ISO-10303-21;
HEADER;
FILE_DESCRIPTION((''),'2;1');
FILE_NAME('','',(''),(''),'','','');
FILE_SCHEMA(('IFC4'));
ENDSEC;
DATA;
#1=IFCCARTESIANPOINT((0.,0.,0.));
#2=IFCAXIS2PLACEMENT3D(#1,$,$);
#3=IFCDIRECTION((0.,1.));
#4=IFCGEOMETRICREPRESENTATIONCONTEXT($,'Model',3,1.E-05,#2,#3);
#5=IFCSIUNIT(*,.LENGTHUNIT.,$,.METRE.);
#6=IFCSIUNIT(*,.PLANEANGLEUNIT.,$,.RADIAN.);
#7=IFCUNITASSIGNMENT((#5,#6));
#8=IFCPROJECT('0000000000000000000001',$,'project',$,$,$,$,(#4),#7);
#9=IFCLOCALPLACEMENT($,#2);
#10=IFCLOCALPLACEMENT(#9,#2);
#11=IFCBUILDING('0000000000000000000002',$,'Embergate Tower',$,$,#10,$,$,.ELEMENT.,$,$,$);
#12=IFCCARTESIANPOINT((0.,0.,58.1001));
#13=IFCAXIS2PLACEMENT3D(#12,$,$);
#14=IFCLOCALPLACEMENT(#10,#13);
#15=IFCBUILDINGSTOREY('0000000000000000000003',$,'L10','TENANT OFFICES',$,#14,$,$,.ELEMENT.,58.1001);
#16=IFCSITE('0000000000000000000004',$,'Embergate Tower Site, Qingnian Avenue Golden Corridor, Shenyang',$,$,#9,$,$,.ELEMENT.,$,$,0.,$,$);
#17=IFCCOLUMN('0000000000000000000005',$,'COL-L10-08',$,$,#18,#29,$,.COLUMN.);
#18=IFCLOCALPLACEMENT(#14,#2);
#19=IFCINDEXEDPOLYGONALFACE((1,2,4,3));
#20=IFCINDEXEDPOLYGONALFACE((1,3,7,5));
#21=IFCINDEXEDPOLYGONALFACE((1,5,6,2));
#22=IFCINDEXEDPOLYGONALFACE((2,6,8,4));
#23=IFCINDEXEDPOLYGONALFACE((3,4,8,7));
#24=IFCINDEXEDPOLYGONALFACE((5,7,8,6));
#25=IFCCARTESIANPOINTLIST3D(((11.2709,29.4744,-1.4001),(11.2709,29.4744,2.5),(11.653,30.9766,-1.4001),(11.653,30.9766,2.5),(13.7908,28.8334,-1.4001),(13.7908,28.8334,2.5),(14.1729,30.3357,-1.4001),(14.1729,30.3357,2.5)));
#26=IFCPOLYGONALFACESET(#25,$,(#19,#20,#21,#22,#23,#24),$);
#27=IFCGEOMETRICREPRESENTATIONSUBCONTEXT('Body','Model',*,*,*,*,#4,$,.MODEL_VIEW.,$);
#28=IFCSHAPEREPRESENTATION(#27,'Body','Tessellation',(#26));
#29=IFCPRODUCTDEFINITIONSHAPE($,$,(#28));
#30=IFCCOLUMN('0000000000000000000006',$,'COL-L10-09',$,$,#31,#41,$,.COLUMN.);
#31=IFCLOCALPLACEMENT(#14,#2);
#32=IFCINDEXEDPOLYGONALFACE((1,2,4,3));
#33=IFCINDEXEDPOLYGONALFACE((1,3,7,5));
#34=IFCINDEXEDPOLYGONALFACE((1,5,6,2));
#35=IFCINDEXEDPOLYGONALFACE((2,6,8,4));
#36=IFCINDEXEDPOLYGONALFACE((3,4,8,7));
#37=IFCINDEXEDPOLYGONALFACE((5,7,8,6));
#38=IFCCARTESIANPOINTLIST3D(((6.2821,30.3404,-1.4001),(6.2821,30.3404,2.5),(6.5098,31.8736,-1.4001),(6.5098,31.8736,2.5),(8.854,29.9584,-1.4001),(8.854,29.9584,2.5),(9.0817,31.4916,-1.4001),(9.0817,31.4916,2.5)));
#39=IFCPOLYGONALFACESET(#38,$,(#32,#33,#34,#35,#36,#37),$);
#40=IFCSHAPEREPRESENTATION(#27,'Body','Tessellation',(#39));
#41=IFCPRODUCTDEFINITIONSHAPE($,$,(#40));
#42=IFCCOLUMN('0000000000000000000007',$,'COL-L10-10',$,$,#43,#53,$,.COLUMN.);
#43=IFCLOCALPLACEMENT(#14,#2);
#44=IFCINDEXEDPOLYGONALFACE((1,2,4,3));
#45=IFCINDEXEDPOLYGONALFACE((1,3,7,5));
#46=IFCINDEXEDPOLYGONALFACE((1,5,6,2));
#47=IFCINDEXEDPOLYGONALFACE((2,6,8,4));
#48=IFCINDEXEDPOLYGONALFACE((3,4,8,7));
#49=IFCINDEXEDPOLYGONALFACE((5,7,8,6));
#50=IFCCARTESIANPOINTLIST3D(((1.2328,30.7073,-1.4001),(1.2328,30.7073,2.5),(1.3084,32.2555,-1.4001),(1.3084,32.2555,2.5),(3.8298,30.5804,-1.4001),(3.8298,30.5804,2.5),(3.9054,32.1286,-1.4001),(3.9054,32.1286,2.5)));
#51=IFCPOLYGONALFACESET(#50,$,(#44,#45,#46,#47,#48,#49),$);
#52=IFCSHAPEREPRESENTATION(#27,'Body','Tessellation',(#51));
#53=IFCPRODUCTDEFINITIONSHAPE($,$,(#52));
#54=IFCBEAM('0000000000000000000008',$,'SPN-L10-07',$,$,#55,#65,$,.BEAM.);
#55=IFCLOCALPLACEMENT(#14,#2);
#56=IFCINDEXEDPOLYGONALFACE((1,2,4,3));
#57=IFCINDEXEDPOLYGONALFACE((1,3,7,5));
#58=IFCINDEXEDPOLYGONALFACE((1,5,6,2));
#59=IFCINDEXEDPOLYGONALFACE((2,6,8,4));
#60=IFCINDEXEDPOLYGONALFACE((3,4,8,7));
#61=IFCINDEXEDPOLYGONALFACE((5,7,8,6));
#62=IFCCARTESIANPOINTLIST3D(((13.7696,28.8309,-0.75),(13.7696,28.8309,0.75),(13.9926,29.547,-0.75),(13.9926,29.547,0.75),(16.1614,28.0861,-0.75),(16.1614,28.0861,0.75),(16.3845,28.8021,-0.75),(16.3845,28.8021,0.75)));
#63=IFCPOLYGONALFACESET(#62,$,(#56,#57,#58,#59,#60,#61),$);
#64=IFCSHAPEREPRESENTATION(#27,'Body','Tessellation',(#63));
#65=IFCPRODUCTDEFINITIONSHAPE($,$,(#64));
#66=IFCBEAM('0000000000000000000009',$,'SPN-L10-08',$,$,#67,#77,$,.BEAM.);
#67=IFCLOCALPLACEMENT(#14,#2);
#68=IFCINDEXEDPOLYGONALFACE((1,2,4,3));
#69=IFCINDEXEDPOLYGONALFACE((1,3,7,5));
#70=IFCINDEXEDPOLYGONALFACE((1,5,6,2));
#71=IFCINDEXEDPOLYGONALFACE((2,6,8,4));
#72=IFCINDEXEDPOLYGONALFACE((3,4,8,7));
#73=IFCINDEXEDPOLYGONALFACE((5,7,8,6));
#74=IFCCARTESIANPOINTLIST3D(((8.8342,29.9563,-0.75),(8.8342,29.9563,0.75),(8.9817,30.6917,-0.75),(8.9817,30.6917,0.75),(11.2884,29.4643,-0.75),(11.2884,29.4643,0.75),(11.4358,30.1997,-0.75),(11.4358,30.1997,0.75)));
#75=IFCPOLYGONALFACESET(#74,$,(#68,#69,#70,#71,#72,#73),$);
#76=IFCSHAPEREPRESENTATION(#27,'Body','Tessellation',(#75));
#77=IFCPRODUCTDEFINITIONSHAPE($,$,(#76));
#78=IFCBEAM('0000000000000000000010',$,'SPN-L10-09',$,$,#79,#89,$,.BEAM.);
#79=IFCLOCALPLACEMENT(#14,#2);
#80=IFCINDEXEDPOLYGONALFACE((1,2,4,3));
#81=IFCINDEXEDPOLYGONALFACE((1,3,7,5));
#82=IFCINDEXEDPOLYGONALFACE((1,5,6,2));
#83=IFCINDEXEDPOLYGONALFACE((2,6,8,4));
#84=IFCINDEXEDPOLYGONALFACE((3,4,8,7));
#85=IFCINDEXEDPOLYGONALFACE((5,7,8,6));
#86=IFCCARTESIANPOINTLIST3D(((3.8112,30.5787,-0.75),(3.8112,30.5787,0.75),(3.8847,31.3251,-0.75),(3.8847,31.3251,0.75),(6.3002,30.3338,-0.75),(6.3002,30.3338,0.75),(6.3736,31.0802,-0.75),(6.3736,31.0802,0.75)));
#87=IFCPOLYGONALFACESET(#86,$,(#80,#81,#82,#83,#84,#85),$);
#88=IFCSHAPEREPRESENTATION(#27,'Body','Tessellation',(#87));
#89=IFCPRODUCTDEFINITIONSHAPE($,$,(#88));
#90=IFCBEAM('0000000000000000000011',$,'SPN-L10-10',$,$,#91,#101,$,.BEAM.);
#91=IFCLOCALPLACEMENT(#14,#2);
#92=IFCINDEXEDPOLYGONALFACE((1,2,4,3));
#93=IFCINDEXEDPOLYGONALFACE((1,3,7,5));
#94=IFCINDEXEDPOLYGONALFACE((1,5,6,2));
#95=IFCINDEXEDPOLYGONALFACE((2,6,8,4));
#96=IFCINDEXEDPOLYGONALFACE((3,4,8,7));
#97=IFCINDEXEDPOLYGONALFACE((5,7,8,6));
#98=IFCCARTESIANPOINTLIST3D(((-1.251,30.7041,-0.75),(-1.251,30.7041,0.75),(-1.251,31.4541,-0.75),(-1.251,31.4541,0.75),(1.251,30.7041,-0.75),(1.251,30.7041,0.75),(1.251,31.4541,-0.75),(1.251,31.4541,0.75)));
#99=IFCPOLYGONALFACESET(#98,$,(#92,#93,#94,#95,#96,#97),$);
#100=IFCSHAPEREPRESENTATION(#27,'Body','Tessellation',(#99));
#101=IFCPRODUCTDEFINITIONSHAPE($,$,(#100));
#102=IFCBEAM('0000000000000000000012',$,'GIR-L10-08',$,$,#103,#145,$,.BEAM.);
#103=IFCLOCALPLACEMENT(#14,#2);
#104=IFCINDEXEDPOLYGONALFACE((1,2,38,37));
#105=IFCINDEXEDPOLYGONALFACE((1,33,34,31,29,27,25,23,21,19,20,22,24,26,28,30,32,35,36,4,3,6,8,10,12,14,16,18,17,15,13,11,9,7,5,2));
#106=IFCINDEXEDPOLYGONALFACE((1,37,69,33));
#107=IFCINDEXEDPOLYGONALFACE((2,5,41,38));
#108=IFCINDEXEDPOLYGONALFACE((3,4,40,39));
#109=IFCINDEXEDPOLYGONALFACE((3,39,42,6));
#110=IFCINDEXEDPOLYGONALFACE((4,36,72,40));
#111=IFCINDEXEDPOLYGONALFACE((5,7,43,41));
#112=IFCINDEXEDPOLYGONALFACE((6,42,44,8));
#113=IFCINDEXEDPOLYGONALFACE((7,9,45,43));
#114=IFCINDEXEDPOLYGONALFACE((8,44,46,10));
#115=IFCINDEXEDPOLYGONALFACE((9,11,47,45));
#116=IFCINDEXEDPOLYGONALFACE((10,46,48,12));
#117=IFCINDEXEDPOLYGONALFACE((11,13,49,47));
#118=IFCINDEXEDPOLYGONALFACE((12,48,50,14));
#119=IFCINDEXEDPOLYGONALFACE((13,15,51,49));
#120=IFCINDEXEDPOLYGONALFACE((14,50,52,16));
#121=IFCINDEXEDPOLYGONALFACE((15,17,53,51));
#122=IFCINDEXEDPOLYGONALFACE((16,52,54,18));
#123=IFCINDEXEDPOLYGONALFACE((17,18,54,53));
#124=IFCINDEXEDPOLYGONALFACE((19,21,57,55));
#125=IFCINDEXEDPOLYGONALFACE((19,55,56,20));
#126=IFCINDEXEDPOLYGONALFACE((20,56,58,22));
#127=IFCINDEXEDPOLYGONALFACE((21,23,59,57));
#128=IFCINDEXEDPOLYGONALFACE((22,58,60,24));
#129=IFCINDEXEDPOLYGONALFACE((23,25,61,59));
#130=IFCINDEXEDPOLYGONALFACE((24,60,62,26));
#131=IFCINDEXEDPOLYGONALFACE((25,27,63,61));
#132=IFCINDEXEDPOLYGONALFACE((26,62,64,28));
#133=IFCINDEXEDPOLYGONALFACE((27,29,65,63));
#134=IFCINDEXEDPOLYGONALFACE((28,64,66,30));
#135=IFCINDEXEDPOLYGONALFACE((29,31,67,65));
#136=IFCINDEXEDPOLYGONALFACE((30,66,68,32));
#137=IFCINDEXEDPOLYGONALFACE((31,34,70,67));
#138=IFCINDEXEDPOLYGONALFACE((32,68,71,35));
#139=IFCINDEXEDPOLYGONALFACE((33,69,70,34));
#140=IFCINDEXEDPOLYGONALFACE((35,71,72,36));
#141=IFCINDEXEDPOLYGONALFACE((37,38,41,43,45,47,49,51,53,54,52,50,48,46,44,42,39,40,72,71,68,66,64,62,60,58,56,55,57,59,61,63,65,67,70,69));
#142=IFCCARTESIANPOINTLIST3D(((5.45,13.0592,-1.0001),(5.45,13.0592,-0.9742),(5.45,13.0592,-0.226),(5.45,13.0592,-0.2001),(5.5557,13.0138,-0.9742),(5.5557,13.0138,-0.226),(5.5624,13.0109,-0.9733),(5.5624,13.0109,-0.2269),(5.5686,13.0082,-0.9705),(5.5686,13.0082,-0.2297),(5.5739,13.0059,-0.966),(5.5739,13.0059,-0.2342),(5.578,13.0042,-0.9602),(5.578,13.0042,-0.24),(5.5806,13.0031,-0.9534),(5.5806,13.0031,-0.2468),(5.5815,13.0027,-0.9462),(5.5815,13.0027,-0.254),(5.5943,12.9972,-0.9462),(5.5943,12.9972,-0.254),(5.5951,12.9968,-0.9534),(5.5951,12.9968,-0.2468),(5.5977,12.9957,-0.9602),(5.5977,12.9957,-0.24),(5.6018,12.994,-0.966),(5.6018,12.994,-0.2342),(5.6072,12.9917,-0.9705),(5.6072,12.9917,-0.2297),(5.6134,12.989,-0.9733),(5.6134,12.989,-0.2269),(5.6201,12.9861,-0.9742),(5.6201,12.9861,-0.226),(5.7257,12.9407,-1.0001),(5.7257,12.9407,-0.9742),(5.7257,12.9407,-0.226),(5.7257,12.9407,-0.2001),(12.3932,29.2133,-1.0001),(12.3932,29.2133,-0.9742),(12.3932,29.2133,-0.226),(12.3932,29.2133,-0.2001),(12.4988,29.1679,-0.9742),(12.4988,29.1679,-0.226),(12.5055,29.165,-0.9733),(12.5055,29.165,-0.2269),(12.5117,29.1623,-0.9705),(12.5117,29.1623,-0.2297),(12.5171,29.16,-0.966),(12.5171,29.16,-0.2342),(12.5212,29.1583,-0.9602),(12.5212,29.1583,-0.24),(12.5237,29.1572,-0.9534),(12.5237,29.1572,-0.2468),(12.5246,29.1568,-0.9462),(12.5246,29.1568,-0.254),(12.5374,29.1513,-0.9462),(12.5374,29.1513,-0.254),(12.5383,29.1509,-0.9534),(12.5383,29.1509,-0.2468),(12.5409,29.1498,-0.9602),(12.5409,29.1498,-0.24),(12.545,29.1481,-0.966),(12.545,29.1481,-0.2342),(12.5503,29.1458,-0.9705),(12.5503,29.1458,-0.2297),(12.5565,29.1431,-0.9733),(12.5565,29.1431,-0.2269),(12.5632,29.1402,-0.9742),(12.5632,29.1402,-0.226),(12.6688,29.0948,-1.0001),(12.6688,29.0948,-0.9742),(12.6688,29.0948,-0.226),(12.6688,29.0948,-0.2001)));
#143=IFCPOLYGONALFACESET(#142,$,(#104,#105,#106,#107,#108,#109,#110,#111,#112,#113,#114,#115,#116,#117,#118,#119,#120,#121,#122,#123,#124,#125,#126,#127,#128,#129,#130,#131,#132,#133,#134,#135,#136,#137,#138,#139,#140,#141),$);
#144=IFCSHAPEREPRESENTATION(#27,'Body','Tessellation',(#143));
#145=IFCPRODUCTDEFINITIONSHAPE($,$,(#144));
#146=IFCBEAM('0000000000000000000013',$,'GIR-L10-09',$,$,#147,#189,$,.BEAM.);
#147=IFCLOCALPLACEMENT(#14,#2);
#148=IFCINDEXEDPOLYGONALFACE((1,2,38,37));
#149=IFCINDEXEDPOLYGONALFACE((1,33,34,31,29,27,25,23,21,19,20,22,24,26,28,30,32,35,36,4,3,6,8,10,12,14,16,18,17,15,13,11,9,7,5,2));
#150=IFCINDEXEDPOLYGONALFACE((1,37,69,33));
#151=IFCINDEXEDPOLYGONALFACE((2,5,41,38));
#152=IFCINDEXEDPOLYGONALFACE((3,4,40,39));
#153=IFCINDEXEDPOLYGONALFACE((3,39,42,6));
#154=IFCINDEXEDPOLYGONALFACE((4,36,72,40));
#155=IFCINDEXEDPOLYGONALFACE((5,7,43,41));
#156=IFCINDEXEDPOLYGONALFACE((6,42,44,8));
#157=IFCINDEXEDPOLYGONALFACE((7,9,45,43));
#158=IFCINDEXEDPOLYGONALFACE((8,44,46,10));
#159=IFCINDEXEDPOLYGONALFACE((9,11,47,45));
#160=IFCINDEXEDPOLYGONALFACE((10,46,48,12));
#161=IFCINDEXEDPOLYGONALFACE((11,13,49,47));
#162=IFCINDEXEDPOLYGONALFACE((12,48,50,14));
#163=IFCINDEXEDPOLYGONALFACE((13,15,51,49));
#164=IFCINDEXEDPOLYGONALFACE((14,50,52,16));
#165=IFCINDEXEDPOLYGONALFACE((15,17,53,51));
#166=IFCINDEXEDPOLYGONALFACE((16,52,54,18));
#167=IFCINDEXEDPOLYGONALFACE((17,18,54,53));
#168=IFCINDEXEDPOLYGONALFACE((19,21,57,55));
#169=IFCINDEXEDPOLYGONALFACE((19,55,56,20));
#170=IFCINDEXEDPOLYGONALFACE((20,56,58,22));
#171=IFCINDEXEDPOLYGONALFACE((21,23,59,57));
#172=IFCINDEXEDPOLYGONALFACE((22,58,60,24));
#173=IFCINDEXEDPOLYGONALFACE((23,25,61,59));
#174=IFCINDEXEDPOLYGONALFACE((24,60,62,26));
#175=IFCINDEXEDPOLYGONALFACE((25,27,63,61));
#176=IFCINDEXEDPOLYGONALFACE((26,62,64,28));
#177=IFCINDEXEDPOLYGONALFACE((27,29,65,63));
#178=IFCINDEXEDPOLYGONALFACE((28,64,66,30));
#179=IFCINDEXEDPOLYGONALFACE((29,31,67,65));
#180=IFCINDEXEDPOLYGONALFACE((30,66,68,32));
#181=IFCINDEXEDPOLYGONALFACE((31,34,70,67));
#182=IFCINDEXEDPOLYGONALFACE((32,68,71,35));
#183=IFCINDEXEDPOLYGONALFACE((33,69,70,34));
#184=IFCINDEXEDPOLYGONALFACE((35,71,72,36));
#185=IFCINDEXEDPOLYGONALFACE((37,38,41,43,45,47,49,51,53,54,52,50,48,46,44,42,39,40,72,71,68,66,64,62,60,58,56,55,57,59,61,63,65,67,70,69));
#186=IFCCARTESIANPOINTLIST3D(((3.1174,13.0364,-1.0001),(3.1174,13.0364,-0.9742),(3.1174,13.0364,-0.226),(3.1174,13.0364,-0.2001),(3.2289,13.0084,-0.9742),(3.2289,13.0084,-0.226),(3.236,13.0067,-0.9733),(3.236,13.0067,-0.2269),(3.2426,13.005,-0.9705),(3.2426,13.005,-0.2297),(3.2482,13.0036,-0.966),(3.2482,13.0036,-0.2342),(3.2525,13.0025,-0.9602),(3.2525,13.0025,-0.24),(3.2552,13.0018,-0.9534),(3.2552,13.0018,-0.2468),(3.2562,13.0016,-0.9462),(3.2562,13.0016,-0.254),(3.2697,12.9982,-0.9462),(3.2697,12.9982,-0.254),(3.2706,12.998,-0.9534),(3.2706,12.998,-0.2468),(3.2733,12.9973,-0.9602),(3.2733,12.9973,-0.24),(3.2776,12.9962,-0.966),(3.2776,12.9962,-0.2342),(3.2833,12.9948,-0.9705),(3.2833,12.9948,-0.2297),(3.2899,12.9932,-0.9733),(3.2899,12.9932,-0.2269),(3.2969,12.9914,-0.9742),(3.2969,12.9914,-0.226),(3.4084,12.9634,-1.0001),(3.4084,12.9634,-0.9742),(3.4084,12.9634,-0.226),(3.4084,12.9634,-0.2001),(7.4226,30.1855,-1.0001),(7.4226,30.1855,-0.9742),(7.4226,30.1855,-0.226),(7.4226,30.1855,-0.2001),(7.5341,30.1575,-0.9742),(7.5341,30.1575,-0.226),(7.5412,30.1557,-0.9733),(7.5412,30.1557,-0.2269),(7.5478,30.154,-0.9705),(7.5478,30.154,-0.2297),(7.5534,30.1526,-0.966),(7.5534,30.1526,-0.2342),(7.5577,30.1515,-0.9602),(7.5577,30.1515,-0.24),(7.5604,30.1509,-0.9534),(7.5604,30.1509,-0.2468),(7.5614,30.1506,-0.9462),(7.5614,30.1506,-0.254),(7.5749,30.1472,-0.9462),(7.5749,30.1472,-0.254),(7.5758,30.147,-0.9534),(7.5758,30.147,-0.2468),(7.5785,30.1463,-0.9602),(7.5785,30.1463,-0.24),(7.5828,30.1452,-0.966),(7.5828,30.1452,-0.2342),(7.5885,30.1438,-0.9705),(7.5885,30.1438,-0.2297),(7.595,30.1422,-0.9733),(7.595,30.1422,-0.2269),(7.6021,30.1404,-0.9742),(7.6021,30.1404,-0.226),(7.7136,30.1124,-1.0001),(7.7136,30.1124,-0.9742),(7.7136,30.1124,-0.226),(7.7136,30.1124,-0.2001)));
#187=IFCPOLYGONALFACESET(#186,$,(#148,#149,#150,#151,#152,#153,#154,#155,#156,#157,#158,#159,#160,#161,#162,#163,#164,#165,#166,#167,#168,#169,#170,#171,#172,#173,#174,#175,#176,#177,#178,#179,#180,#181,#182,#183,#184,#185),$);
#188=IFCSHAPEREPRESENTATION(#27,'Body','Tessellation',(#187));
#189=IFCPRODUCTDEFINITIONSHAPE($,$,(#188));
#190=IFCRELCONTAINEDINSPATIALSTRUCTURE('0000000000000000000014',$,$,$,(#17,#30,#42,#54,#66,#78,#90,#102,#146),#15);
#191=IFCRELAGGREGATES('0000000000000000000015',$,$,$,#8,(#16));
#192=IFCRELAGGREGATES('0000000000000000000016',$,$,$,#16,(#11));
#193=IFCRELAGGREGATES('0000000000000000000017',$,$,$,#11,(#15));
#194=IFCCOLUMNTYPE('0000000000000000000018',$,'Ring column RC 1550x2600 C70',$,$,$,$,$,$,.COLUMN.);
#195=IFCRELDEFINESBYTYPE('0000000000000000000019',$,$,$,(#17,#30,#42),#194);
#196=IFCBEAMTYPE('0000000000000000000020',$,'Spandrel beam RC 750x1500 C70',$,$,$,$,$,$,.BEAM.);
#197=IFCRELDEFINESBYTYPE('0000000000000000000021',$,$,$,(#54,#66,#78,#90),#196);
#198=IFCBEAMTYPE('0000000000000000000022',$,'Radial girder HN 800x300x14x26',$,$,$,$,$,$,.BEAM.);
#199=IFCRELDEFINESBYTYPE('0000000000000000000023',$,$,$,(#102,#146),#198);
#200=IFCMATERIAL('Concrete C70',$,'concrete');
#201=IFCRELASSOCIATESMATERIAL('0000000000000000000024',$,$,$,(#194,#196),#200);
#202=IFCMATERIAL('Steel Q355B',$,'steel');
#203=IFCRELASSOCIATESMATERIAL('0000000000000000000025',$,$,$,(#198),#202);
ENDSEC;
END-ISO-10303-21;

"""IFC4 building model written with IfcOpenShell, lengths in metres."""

from ifc_helpers import new_model, si_unit, direction, frame, origin, origin_2d, place, context, subcontext, project, spatial, rectangle, i_section, extrude, source, transform, mapped, material, material_profile, profile_set, type_object, element, save


model = new_model("IFC4")

# Units and contexts
model_context = context("Model", 3, precision=1e-05, world=origin(), true_north=direction((0.0, 1.0)))
body_context = subcontext(model_context, "Body", "Model", "MODEL_VIEW")
ifc_project = project(units=[si_unit("LENGTHUNIT", "METRE"), si_unit("PLANEANGLEUNIT", "RADIAN")], contexts=[model_context])

# Site, building, storey
site_placement = place(None, origin())
site = spatial("IfcSite", under=ifc_project, at=site_placement, Name="Embergate Tower Site, Qingnian Avenue Golden Corridor, Shenyang", CompositionType="ELEMENT", RefElevation=0.0)
building_placement = place(site_placement, origin())
building = spatial("IfcBuilding", under=site, at=building_placement, Name="Embergate Tower", CompositionType="ELEMENT")
storey_placement = place(building_placement, frame((0.0, 0.0, 58.1001)))
storey = spatial("IfcBuildingStorey", under=building, at=storey_placement, Name="L10", Description="TENANT OFFICES", CompositionType="ELEMENT", Elevation=58.1001)

# Columns
ifc_material_1 = material(Name="Concrete C70", Category="concrete")
ifc_material_profile_1 = material_profile(ifc_material_1, rectangle(XDim=1.55, YDim=2.6001, at=origin_2d()), Name="RC 1550x2600")
ifc_profile_set_1 = profile_set([ifc_material_profile_1], Name="Concrete C70")
column_type = type_object("IfcColumnType", Name="Ring column RC 1550x2600 C70", PredefinedType="COLUMN", material=ifc_profile_set_1)
shared_shape_1 = source(origin(), body_context, "Body", "SweptSolid", [
    extrude(rectangle(XDim=1.55, YDim=2.6001, at=origin_2d()), origin(), (0.0, 0.0, 1.0), 3.9001),
])
for number, where, z_axis, x_axis, name in (
    (1, (12.7219, 29.905, -1.4001), (0.0, 0.0, 1.0), (0.246509, 0.969141, 0.0), "COL-L10-08"),
    (2, (7.6819, 30.916, -1.4001), (0.0, 0.0, 1.0), (0.146929, 0.989147, 0.0), "COL-L10-09"),
    (3, (2.5691, 31.418, -1.4001), (0.0, 0.0, 1.0), (0.048815, 0.998808, 0.0), "COL-L10-10"),
):
    element("IfcColumn", number, at=place(storey_placement, frame(where, z_axis=z_axis, x_axis=x_axis)), inside=storey, type_object=column_type, Name=name, PredefinedType="COLUMN", context=body_context, shape_type="MappedRepresentation", body=[
        mapped(shared_shape_1, transform((0.0, 0.0, 0.0))),
    ])

# Beams
ifc_material_profile_2 = material_profile(ifc_material_1, rectangle(XDim=0.75, YDim=1.5, at=origin_2d()), Name="RC 750x1500")
ifc_profile_set_2 = profile_set([ifc_material_profile_2], Name="Concrete C70")
beam_type_1 = type_object("IfcBeamType", Name="Spandrel beam RC 750x1500 C70", PredefinedType="BEAM", material=ifc_profile_set_2)
shared_shape_2 = source(origin(), body_context, "Body", "SweptSolid", [
    extrude(rectangle(XDim=0.75, YDim=1.5, at=origin_2d()), origin(), (0.0, 0.0, 1.0), 2.5051),
])
beam_1_placement = place(storey_placement, frame((16.2729, 28.4441, 0.0), z_axis=(-0.954773, 0.297337, 0.0), x_axis=(-0.297337, -0.954773, 0.0)))
element("IfcBeam", 4, at=beam_1_placement, inside=storey, type_object=beam_type_1, Name="SPN-L10-07", PredefinedType="BEAM", context=body_context, shape_type="MappedRepresentation", body=[
    mapped(shared_shape_2, transform((0.0, 0.0, 0.0))),
])
shared_shape_3 = source(origin(), body_context, "Body", "SweptSolid", [
    extrude(rectangle(XDim=0.75, YDim=1.5, at=origin_2d()), origin(), (0.0, 0.0, 1.0), 2.5029),
])
beam_2_placement = place(storey_placement, frame((11.3621, 29.832, 0.0), z_axis=(-0.980494, 0.196548, 0.0), x_axis=(-0.196548, -0.980494, 0.0)))
element("IfcBeam", 5, at=beam_2_placement, inside=storey, type_object=beam_type_1, Name="SPN-L10-08", PredefinedType="BEAM", context=body_context, shape_type="MappedRepresentation", body=[
    mapped(shared_shape_3, transform((0.0, 0.0, 0.0))),
])
shared_shape_4 = source(origin(), body_context, "Body", "SweptSolid", [
    extrude(rectangle(XDim=0.75, YDim=1.5, at=origin_2d()), origin(), (0.0, 0.0, 1.0), 2.501),
])
beam_3_placement = place(storey_placement, frame((6.3369, 30.707, 0.0), z_axis=(-0.995195, 0.097909, 0.0), x_axis=(-0.097909, -0.995195, 0.0)))
element("IfcBeam", 6, at=beam_3_placement, inside=storey, type_object=beam_type_1, Name="SPN-L10-09", PredefinedType="BEAM", context=body_context, shape_type="MappedRepresentation", body=[
    mapped(shared_shape_4, transform((0.0, 0.0, 0.0))),
])
shared_shape_5 = source(origin(), body_context, "Body", "SweptSolid", [
    extrude(rectangle(XDim=0.75, YDim=1.5, at=origin_2d()), origin(), (0.0, 0.0, 1.0), 2.502),
])
beam_4_placement = place(storey_placement, frame((1.251, 31.0791, 0.0), z_axis=(-1.0, 0.0, 0.0), x_axis=(0.0, -1.0, 0.0)))
element("IfcBeam", 7, at=beam_4_placement, inside=storey, type_object=beam_type_1, Name="SPN-L10-10", PredefinedType="BEAM", context=body_context, shape_type="MappedRepresentation", body=[
    mapped(shared_shape_5, transform((0.0, 0.0, 0.0))),
])
ifc_material_2 = material(Name="Steel Q355B", Category="steel")
ifc_material_profile_3 = material_profile(ifc_material_2, i_section(OverallWidth=0.3, OverallDepth=0.8, WebThickness=0.0139, FlangeThickness=0.0259, FilletRadius=0.0281, at=origin_2d()), Name="HN 800x300x14x26")
ifc_profile_set_3 = profile_set([ifc_material_profile_3], Name="Steel Q355 grade B")
beam_type_2 = type_object("IfcBeamType", Name="Radial girder HN 800x300x14x26", PredefinedType="BEAM", material=ifc_profile_set_3)
shared_shape_6 = source(origin(), body_context, "Body", "SweptSolid", [
    extrude(i_section(OverallWidth=0.3, OverallDepth=0.8, WebThickness=0.0139, FlangeThickness=0.0259, FilletRadius=0.0281, at=origin_2d()), origin(), (0.0, 0.0, 1.0), 17.583),
])
beam_5_placement = place(storey_placement, frame((12.531, 29.1541, -0.6001), z_axis=(-0.394878, -0.918734, 0.0), x_axis=(0.918734, -0.394878, 0.0)))
element("IfcBeam", 8, at=beam_5_placement, inside=storey, type_object=beam_type_2, Name="GIR-L10-08", PredefinedType="BEAM", context=body_context, shape_type="MappedRepresentation", body=[
    mapped(shared_shape_6, transform((0.0, 0.0, 0.0))),
])
shared_shape_7 = source(origin(), body_context, "Body", "SweptSolid", [
    extrude(i_section(OverallWidth=0.3, OverallDepth=0.8, WebThickness=0.0139, FlangeThickness=0.0259, FilletRadius=0.0281, at=origin_2d()), origin(), (0.0, 0.0, 1.0), 17.6812),
])
beam_6_placement = place(storey_placement, frame((7.5681, 30.1489, -0.6001), z_axis=(-0.243491, -0.969903, 0.0), x_axis=(0.969903, -0.243491, 0.0)))
element("IfcBeam", 9, at=beam_6_placement, inside=storey, type_object=beam_type_2, Name="GIR-L10-09", PredefinedType="BEAM", context=body_context, shape_type="MappedRepresentation", body=[
    mapped(shared_shape_7, transform((0.0, 0.0, 0.0))),
])

save(model, "model.ifc")
